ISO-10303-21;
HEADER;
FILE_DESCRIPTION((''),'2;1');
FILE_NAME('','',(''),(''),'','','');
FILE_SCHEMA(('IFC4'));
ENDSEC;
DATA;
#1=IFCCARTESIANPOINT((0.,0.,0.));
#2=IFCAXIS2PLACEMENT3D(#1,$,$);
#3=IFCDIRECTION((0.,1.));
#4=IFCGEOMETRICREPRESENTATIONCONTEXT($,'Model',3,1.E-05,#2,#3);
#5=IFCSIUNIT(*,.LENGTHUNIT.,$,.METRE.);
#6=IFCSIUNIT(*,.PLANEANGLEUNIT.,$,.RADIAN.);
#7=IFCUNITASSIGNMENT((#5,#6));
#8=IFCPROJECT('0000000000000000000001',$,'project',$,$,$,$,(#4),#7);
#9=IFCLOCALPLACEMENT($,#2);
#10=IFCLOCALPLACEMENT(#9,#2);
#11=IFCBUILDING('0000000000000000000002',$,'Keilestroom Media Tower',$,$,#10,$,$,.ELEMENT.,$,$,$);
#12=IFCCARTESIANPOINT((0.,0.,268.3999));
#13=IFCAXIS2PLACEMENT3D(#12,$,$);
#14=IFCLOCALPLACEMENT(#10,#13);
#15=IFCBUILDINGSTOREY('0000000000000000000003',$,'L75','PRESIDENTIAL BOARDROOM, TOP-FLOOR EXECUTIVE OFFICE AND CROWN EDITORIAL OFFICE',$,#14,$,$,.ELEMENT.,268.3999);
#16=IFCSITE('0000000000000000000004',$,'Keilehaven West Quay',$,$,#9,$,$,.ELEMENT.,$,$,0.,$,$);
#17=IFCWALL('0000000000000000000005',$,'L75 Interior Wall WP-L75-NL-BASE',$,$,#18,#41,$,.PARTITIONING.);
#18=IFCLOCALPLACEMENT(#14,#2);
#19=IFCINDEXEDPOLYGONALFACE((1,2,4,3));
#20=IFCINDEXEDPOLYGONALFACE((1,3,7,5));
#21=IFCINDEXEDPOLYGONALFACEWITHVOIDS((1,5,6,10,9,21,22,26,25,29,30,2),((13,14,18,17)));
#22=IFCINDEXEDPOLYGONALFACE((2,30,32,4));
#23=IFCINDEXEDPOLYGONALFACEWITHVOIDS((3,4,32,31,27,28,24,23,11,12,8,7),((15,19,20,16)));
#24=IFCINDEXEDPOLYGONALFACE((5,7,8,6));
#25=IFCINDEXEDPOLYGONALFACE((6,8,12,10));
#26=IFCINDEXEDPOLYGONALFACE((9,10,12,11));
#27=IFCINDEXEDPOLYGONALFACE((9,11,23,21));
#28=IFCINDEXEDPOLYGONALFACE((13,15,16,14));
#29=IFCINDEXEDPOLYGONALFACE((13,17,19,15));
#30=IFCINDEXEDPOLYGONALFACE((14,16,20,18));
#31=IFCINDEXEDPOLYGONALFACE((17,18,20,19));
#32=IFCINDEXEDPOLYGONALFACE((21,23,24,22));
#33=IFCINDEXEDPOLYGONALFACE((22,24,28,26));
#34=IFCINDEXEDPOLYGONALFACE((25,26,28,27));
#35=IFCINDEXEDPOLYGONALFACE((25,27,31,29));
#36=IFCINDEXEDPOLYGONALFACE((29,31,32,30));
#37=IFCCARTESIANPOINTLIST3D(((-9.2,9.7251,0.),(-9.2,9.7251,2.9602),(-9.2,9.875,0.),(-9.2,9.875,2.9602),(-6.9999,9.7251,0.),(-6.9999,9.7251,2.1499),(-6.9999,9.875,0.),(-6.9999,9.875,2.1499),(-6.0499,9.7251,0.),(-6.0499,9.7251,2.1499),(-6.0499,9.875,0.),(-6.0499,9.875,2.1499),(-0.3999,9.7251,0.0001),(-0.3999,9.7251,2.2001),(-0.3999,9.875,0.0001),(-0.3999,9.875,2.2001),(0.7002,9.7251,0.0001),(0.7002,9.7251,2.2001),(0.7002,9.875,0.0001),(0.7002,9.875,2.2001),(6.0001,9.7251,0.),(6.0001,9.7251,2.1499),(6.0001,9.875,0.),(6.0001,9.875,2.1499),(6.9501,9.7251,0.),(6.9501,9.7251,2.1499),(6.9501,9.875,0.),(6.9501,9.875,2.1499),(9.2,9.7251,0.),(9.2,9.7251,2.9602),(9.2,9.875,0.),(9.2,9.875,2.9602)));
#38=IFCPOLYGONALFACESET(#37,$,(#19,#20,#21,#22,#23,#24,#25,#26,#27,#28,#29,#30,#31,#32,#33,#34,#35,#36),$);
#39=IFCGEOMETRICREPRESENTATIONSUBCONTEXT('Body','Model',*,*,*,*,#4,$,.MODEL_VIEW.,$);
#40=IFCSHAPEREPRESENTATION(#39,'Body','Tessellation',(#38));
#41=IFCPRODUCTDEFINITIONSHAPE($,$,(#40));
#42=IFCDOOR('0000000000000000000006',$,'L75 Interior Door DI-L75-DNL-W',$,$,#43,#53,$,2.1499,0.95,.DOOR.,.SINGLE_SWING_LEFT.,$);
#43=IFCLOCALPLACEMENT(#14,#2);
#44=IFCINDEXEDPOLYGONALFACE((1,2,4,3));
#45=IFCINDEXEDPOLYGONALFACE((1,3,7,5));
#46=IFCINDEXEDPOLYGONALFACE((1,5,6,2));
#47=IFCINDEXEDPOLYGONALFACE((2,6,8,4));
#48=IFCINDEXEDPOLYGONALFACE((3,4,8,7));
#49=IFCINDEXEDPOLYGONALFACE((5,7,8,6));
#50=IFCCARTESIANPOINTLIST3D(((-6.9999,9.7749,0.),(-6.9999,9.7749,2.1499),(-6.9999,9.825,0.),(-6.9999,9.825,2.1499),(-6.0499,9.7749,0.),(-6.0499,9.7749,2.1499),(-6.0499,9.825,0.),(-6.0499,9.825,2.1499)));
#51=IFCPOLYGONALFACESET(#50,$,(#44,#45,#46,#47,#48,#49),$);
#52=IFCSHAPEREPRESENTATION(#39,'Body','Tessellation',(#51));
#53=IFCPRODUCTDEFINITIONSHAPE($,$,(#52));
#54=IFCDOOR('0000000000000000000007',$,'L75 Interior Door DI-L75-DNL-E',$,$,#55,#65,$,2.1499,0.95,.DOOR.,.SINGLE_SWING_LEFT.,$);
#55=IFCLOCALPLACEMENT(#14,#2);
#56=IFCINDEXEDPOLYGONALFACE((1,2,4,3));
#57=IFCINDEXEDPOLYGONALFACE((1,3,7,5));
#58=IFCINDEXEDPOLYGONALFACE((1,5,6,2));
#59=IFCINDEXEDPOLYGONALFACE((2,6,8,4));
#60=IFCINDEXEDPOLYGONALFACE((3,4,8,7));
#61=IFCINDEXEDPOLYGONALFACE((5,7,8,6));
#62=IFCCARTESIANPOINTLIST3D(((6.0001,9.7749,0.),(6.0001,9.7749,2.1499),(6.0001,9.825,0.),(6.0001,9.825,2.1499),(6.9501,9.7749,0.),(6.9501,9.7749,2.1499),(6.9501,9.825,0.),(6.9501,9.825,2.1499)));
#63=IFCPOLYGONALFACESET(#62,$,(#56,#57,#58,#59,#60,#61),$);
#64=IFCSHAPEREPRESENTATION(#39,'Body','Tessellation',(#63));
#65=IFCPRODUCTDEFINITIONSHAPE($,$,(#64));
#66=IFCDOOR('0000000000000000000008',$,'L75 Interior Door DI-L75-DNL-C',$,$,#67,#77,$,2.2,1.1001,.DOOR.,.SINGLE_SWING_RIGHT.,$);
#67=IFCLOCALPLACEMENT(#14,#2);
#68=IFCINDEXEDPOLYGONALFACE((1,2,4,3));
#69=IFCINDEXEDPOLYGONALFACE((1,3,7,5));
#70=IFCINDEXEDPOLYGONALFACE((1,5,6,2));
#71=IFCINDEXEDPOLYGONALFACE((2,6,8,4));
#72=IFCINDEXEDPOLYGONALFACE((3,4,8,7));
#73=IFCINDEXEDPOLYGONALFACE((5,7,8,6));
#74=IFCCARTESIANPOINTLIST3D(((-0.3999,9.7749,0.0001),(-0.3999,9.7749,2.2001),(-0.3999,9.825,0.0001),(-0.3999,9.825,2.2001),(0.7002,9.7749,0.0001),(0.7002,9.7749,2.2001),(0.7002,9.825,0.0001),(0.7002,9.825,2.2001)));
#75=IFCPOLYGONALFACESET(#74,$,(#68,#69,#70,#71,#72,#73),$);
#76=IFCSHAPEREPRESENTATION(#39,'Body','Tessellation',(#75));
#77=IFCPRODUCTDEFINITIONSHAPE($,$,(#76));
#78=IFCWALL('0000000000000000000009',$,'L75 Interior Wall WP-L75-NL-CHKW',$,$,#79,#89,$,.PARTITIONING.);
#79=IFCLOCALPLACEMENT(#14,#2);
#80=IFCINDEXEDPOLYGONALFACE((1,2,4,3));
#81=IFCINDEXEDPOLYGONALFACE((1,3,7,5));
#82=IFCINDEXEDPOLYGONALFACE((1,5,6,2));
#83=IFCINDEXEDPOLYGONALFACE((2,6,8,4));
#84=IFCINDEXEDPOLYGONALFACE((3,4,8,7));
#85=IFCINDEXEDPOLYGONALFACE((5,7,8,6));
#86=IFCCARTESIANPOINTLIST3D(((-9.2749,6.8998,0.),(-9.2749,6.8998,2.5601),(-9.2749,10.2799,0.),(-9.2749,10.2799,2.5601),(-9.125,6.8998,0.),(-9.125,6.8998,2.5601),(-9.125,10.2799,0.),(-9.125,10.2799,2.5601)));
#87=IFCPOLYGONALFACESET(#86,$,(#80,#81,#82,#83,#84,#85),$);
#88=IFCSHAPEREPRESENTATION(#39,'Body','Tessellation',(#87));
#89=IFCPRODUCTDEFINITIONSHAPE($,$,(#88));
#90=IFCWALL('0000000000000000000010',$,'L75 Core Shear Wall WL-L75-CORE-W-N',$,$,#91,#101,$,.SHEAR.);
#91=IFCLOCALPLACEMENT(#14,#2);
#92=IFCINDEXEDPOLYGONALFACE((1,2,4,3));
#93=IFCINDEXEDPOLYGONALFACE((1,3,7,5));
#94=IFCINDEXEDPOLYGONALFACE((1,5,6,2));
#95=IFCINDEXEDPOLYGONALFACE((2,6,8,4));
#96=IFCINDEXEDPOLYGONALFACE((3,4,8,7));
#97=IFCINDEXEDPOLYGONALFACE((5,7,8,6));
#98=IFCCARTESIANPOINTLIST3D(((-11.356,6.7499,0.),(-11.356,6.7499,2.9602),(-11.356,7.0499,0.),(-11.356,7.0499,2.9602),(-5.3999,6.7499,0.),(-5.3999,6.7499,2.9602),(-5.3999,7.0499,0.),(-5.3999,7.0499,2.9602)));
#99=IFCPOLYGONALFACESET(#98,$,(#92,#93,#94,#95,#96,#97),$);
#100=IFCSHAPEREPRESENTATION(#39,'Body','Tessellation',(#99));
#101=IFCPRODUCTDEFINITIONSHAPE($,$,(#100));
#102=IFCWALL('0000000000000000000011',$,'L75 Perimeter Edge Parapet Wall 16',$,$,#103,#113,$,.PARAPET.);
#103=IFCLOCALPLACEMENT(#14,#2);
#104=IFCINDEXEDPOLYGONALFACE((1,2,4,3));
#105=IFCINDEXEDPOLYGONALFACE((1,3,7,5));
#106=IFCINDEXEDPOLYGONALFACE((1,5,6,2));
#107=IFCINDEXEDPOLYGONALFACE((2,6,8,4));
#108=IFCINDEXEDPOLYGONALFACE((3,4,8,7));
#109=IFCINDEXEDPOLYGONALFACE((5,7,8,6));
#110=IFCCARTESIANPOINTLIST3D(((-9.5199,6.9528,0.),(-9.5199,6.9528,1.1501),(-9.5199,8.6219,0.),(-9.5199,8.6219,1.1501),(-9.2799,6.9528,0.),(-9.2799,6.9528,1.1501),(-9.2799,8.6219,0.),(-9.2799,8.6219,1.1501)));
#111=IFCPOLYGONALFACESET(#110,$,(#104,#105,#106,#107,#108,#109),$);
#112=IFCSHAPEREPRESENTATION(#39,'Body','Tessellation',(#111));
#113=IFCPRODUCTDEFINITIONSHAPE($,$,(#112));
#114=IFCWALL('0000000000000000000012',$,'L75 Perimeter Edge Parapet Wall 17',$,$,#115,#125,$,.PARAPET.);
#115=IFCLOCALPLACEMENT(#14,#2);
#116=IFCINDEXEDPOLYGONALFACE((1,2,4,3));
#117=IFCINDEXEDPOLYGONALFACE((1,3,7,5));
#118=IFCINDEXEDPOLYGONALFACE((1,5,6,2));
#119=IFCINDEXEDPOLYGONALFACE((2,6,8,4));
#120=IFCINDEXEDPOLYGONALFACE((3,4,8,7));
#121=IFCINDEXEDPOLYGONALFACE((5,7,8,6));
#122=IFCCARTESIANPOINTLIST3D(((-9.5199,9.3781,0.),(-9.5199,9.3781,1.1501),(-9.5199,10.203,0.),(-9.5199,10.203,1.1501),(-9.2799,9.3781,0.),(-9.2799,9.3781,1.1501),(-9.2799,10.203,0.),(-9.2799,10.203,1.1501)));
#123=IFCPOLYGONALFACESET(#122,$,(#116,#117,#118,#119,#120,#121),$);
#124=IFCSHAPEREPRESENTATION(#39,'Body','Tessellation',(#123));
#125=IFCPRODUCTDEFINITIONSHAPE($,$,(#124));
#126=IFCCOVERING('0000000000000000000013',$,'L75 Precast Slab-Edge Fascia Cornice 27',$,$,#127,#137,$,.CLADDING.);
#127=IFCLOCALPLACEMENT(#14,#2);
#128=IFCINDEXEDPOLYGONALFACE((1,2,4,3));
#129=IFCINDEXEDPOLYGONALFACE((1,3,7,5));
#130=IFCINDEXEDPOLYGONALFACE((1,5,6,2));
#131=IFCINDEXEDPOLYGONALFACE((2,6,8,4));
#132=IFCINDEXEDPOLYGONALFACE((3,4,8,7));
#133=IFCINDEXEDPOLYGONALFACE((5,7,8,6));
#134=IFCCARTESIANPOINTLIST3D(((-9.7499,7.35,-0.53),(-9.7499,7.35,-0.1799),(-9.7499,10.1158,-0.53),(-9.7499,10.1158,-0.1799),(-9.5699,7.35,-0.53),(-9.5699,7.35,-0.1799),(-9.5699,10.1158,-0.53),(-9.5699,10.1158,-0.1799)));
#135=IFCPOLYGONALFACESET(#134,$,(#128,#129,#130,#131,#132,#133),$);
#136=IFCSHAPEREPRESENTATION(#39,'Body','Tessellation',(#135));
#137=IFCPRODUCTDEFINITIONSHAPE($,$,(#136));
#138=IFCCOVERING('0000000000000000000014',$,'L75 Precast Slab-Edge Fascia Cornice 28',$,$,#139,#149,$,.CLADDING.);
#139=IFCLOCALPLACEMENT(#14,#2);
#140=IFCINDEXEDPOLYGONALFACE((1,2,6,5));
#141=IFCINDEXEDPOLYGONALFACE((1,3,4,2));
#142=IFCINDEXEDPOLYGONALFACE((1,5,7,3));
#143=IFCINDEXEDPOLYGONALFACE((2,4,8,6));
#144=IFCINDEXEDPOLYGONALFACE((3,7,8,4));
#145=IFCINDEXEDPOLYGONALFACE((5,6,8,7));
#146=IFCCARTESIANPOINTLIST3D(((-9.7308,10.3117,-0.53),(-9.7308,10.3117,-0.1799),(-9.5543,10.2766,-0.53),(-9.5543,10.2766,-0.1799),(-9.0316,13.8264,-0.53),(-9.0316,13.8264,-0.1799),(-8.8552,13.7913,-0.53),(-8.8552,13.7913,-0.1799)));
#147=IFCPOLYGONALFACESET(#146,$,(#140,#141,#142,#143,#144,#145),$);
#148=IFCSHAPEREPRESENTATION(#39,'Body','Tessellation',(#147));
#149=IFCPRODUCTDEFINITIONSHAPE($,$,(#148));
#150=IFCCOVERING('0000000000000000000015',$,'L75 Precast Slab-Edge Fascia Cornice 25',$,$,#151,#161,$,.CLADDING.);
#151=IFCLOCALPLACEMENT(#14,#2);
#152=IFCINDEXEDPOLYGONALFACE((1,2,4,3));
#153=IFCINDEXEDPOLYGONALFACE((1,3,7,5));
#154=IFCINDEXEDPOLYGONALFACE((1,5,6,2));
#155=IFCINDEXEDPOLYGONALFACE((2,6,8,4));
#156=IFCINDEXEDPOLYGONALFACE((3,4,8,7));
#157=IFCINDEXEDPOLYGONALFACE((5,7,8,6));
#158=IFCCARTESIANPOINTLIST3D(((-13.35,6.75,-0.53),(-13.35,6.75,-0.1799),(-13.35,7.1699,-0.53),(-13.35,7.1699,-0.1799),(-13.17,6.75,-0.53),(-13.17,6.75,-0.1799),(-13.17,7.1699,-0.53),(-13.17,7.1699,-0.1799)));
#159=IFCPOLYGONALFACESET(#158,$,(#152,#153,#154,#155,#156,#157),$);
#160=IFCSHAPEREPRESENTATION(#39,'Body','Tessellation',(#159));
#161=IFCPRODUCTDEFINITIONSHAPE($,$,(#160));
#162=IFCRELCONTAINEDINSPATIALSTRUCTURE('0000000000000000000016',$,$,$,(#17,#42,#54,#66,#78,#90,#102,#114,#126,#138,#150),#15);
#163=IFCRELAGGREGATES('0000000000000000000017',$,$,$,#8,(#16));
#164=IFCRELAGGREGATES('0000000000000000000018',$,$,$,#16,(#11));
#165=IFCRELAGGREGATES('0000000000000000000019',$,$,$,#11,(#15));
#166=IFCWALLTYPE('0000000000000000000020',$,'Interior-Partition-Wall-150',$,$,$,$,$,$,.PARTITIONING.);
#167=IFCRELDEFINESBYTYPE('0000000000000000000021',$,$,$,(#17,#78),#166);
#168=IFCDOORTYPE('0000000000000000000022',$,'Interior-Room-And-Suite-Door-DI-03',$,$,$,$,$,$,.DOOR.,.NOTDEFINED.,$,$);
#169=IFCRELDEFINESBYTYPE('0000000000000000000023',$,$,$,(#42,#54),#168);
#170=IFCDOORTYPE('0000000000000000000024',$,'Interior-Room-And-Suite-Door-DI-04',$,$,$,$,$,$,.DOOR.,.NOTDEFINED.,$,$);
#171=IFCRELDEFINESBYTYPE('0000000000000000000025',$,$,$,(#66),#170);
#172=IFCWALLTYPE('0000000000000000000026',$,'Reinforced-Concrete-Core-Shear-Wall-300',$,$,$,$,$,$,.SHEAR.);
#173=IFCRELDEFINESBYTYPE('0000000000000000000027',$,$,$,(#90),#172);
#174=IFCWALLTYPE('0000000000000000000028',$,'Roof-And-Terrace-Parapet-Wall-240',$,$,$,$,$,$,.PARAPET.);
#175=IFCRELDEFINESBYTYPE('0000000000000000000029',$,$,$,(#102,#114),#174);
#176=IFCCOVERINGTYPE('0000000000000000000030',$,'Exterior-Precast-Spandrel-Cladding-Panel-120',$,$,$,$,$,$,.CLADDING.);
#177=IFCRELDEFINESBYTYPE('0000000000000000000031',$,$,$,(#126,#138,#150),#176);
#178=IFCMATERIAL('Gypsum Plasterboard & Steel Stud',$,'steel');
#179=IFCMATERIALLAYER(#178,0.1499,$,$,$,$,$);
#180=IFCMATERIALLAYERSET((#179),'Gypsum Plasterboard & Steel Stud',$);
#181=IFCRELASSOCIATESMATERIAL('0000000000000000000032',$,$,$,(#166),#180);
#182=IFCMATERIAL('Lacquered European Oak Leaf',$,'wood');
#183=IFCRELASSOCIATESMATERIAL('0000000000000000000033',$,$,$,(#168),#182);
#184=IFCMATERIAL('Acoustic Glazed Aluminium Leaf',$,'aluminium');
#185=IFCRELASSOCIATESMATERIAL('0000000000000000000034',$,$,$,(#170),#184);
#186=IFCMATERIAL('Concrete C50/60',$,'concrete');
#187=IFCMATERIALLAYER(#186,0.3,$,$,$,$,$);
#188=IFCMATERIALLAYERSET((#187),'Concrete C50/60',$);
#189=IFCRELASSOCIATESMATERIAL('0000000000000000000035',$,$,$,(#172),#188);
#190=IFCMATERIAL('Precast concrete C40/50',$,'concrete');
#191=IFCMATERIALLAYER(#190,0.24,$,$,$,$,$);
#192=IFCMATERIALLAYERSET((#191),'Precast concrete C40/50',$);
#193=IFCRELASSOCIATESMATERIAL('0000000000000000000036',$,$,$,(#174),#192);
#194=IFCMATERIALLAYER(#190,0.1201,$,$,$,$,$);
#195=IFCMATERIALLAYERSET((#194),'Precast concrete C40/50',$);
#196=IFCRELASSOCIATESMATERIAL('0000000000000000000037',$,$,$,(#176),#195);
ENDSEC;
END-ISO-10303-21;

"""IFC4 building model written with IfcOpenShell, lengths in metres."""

from ifc_helpers import new_model, si_unit, direction, frame, frame_2d, origin, origin_2d, place, context, subcontext, project, spatial, rectangle, extrude, source, transform, mapped, material, layer, layer_set, type_object, element, fill, save


model = new_model("IFC4")

# Units and contexts
model_context = context("Model", 3, precision=1e-05, world=origin(), true_north=direction((0.0, 1.0)))
body_context = subcontext(model_context, "Body", "Model", "MODEL_VIEW")
ifc_project = project(units=[si_unit("LENGTHUNIT", "METRE"), si_unit("PLANEANGLEUNIT", "RADIAN")], contexts=[model_context])

# Site, building, storey
site_placement = place(None, origin())
site = spatial("IfcSite", under=ifc_project, at=site_placement, Name="Keilehaven West Quay", CompositionType="ELEMENT", RefElevation=0.0)
building_placement = place(site_placement, origin())
building = spatial("IfcBuilding", under=site, at=building_placement, Name="Keilestroom Media Tower", CompositionType="ELEMENT")
storey_placement = place(building_placement, frame((0.0, 0.0, 268.3999)))
storey = spatial("IfcBuildingStorey", under=building, at=storey_placement, Name="L75", Description="PRESIDENTIAL BOARDROOM, TOP-FLOOR EXECUTIVE OFFICE AND CROWN EDITORIAL OFFICE", CompositionType="ELEMENT", Elevation=268.3999)

# Shared definitions
ifc_material_1 = material(Name="Concrete C50/60", Category="concrete")

# Shared definitions
ifc_material_2 = material(Name="Gypsum Plasterboard & Steel Stud", Category="steel")

# Wall, openings, doors
ifc_layer_1 = layer(ifc_material_2, 0.1499)
ifc_layer_set_1 = layer_set([ifc_layer_1], Name="Gypsum Plasterboard & Steel Stud")
wall_type_1 = type_object("IfcWallType", Name="Interior-Partition-Wall-150", PredefinedType="PARTITIONING", material=ifc_layer_set_1)
wall_1_placement = place(storey_placement, frame((-9.2, 9.8, 0.0), z_axis=(0.0, 0.0, 1.0), x_axis=(1.0, 0.0, 0.0)))
wall_1 = element("IfcWall", 1, at=wall_1_placement, inside=storey, type_object=wall_type_1, Name="L75 Interior Wall WP-L75-NL-BASE", PredefinedType="PARTITIONING", context=body_context, shape_type="SweptSolid", body=[
    extrude(rectangle(XDim=18.3999, YDim=0.1499, at=frame_2d((9.2, 0.0))), origin(), (0.0, 0.0, 1.0), 2.9602),
])
opening_1_placement = place(wall_1_placement, frame((2.2, 0.0, 0.0)))
opening_1 = element("IfcOpeningElement", 2, at=opening_1_placement, cuts=wall_1, PredefinedType="OPENING", context=body_context, shape_type="SweptSolid", body=[
    extrude(rectangle(XDim=0.95, YDim=2.1499, at=frame_2d((0.4751, 1.075))), frame((0.0, 0.085, 0.0), z_axis=(0.0, -1.0, 0.0), x_axis=(1.0, 0.0, 0.0)), (0.0, 0.0, 1.0), 0.1699),
])
opening_2_placement = place(wall_1_placement, frame((8.8, 0.0, 0.0)))
opening_2 = element("IfcOpeningElement", 3, at=opening_2_placement, cuts=wall_1, PredefinedType="OPENING", context=body_context, shape_type="SweptSolid", body=[
    extrude(rectangle(XDim=1.1001, YDim=2.2, at=frame_2d((0.55, 1.1001))), frame((0.0, 0.085, 0.0), z_axis=(0.0, -1.0, 0.0), x_axis=(1.0, 0.0, 0.0)), (0.0, 0.0, 1.0), 0.1699),
])
opening_3_placement = place(wall_1_placement, frame((15.2, 0.0, 0.0)))
opening_3 = element("IfcOpeningElement", 4, at=opening_3_placement, cuts=wall_1, PredefinedType="OPENING", context=body_context, shape_type="SweptSolid", body=[
    extrude(rectangle(XDim=0.95, YDim=2.1499, at=frame_2d((0.4751, 1.075))), frame((0.0, 0.085, 0.0), z_axis=(0.0, -1.0, 0.0), x_axis=(1.0, 0.0, 0.0)), (0.0, 0.0, 1.0), 0.1699),
])
ifc_material_3 = material(Name="Lacquered European Oak Leaf", Category="wood")
door_type_1 = type_object("IfcDoorType", Name="Interior-Room-And-Suite-Door-DI-03", OperationType="NOTDEFINED", PredefinedType="DOOR", material=ifc_material_3)
shared_shape_1 = source(origin(), body_context, "Body", "SweptSolid", [
    extrude(rectangle(XDim=0.95, YDim=2.1499, at=frame_2d((0.4751, 1.075))), frame((0.0, 0.0249, 0.0), z_axis=(0.0, -1.0, 0.0), x_axis=(1.0, 0.0, 0.0)), (0.0, 0.0, 1.0), 0.05),
])
door_1_placement = place(opening_1_placement, origin())
door_1 = element("IfcDoor", 5, at=door_1_placement, inside=storey, type_object=door_type_1, Name="L75 Interior Door DI-L75-DNL-W", OperationType="SINGLE_SWING_LEFT", OverallHeight=2.1499, OverallWidth=0.95, PredefinedType="DOOR", context=body_context, shape_type="MappedRepresentation", body=[
    mapped(shared_shape_1, transform((0.0, 0.0, 0.0), x_axis=(1.0, 0.0, 0.0), y_axis=(0.0, 1.0, 0.0), z_axis=(0.0, 0.0, 1.0), scale=1.0)),
])
fill(opening_1, door_1)
door_2_placement = place(opening_3_placement, origin())
door_2 = element("IfcDoor", 6, at=door_2_placement, inside=storey, type_object=door_type_1, Name="L75 Interior Door DI-L75-DNL-E", OperationType="SINGLE_SWING_LEFT", OverallHeight=2.1499, OverallWidth=0.95, PredefinedType="DOOR", context=body_context, shape_type="MappedRepresentation", body=[
    mapped(shared_shape_1, transform((0.0, 0.0, 0.0), x_axis=(1.0, 0.0, 0.0), y_axis=(0.0, 1.0, 0.0), z_axis=(0.0, 0.0, 1.0), scale=1.0)),
])
fill(opening_3, door_2)
ifc_material_4 = material(Name="Acoustic Glazed Aluminium Leaf", Category="aluminium")
door_type_2 = type_object("IfcDoorType", Name="Interior-Room-And-Suite-Door-DI-04", OperationType="NOTDEFINED", PredefinedType="DOOR", material=ifc_material_4)
shared_shape_2 = source(origin(), body_context, "Body", "SweptSolid", [
    extrude(rectangle(XDim=1.1001, YDim=2.2, at=frame_2d((0.55, 1.1001))), frame((0.0, 0.0249, 0.0), z_axis=(0.0, -1.0, 0.0), x_axis=(1.0, 0.0, 0.0)), (0.0, 0.0, 1.0), 0.05),
])
door_3_placement = place(opening_2_placement, origin())
door_3 = element("IfcDoor", 7, at=door_3_placement, inside=storey, type_object=door_type_2, Name="L75 Interior Door DI-L75-DNL-C", OperationType="SINGLE_SWING_RIGHT", OverallHeight=2.2, OverallWidth=1.1001, PredefinedType="DOOR", context=body_context, shape_type="MappedRepresentation", body=[
    mapped(shared_shape_2, transform((0.0, 0.0, 0.0), x_axis=(1.0, 0.0, 0.0), y_axis=(0.0, 1.0, 0.0), z_axis=(0.0, 0.0, 1.0), scale=1.0)),
])
fill(opening_2, door_3)

# Walls
wall_2_placement = place(storey_placement, frame((-9.2, 6.8999, 0.0), z_axis=(0.0, 0.0, 1.0), x_axis=(0.0, 1.0, 0.0)))
element("IfcWall", 8, at=wall_2_placement, inside=storey, type_object=wall_type_1, Name="L75 Interior Wall WP-L75-NL-CHKW", PredefinedType="PARTITIONING", context=body_context, shape_type="SweptSolid", body=[
    extrude(rectangle(XDim=3.3801, YDim=0.1499, at=frame_2d((1.6899, 0.0))), origin(), (0.0, 0.0, 1.0), 2.5601),
])
ifc_layer_2 = layer(ifc_material_1, 0.3)
ifc_layer_set_2 = layer_set([ifc_layer_2], Name="Concrete C50/60")
wall_type_2 = type_object("IfcWallType", Name="Reinforced-Concrete-Core-Shear-Wall-300", PredefinedType="SHEAR", material=ifc_layer_set_2)
wall_3_placement = place(storey_placement, frame((-11.356, 6.8999, 0.0), z_axis=(0.0, 0.0, 1.0), x_axis=(1.0, 0.0, 0.0)))
element("IfcWall", 9, at=wall_3_placement, inside=storey, type_object=wall_type_2, Name="L75 Core Shear Wall WL-L75-CORE-W-N", PredefinedType="SHEAR", context=body_context, shape_type="SweptSolid", body=[
    extrude(rectangle(XDim=5.9561, YDim=0.3, at=frame_2d((2.978, 0.0))), origin(), (0.0, 0.0, 1.0), 2.9602),
])
ifc_material_5 = material(Name="Precast concrete C40/50", Category="concrete")
ifc_layer_3 = layer(ifc_material_5, 0.24)
ifc_layer_set_3 = layer_set([ifc_layer_3], Name="Precast concrete C40/50")
wall_type_3 = type_object("IfcWallType", Name="Roof-And-Terrace-Parapet-Wall-240", PredefinedType="PARAPET", material=ifc_layer_set_3)
wall_4_placement = place(storey_placement, frame((-9.3999, 6.9529, 0.0), z_axis=(0.0, 0.0, 1.0), x_axis=(0.0, 1.0, 0.0)))
element("IfcWall", 10, at=wall_4_placement, inside=storey, type_object=wall_type_3, Name="L75 Perimeter Edge Parapet Wall 16", PredefinedType="PARAPET", context=body_context, shape_type="SweptSolid", body=[
    extrude(rectangle(XDim=1.6692, YDim=0.24, at=frame_2d((0.8345, 0.0))), origin(), (0.0, 0.0, 1.0), 1.1501),
])
wall_5_placement = place(storey_placement, frame((-9.3999, 9.3779, 0.0), z_axis=(0.0, 0.0, 1.0), x_axis=(0.0, 1.0, 0.0)))
element("IfcWall", 11, at=wall_5_placement, inside=storey, type_object=wall_type_3, Name="L75 Perimeter Edge Parapet Wall 17", PredefinedType="PARAPET", context=body_context, shape_type="SweptSolid", body=[
    extrude(rectangle(XDim=0.825, YDim=0.24, at=frame_2d((0.4126, 0.0))), origin(), (0.0, 0.0, 1.0), 1.1501),
])

# Coverings
ifc_layer_4 = layer(ifc_material_5, 0.1201)
ifc_layer_set_4 = layer_set([ifc_layer_4], Name="Precast concrete C40/50")
covering_type = type_object("IfcCoveringType", Name="Exterior-Precast-Spandrel-Cladding-Panel-120", PredefinedType="CLADDING", material=ifc_layer_set_4)
shared_shape_3 = source(origin(), body_context, "Body", "SweptSolid", [
    extrude(rectangle(XDim=2.7659, YDim=0.1799, at=origin_2d()), origin(), (0.0, 0.0, 1.0), 0.3501),
])
covering_1_placement = place(storey_placement, frame((-9.6599, 8.7329, -0.53), z_axis=(0.0, 0.0, 1.0), x_axis=(0.0, 1.0, 0.0)))
element("IfcCovering", 12, at=covering_1_placement, inside=storey, type_object=covering_type, Name="L75 Precast Slab-Edge Fascia Cornice 27", PredefinedType="CLADDING", context=body_context, shape_type="MappedRepresentation", body=[
    mapped(shared_shape_3, transform((0.0, 0.0, 0.0), x_axis=(1.0, 0.0, 0.0), y_axis=(0.0, 1.0, 0.0), z_axis=(0.0, 0.0, 1.0), scale=1.0)),
])
shared_shape_4 = source(origin(), body_context, "Body", "SweptSolid", [
    extrude(rectangle(XDim=3.5835, YDim=0.1799, at=origin_2d()), origin(), (0.0, 0.0, 1.0), 0.3501),
])
covering_2_placement = place(storey_placement, frame((-9.293, 12.0515, -0.53), z_axis=(0.0, 0.0, 1.0), x_axis=(0.195099, 0.980784, 0.0)))
element("IfcCovering", 13, at=covering_2_placement, inside=storey, type_object=covering_type, Name="L75 Precast Slab-Edge Fascia Cornice 28", PredefinedType="CLADDING", context=body_context, shape_type="MappedRepresentation", body=[
    mapped(shared_shape_4, transform((0.0, 0.0, 0.0), x_axis=(1.0, 0.0, 0.0), y_axis=(0.0, 1.0, 0.0), z_axis=(0.0, 0.0, 1.0), scale=1.0)),
])
shared_shape_5 = source(origin(), body_context, "Body", "SweptSolid", [
    extrude(rectangle(XDim=0.4199, YDim=0.1799, at=origin_2d()), origin(), (0.0, 0.0, 1.0), 0.3501),
])
covering_3_placement = place(storey_placement, frame((-13.26, 6.96, -0.53), z_axis=(0.0, 0.0, 1.0), x_axis=(0.0, 1.0, 0.0)))
element("IfcCovering", 14, at=covering_3_placement, inside=storey, type_object=covering_type, Name="L75 Precast Slab-Edge Fascia Cornice 25", PredefinedType="CLADDING", context=body_context, shape_type="MappedRepresentation", body=[
    mapped(shared_shape_5, transform((0.0, 0.0, 0.0), x_axis=(1.0, 0.0, 0.0), y_axis=(0.0, 1.0, 0.0), z_axis=(0.0, 0.0, 1.0), scale=1.0)),
])

save(model, "model.ifc")
